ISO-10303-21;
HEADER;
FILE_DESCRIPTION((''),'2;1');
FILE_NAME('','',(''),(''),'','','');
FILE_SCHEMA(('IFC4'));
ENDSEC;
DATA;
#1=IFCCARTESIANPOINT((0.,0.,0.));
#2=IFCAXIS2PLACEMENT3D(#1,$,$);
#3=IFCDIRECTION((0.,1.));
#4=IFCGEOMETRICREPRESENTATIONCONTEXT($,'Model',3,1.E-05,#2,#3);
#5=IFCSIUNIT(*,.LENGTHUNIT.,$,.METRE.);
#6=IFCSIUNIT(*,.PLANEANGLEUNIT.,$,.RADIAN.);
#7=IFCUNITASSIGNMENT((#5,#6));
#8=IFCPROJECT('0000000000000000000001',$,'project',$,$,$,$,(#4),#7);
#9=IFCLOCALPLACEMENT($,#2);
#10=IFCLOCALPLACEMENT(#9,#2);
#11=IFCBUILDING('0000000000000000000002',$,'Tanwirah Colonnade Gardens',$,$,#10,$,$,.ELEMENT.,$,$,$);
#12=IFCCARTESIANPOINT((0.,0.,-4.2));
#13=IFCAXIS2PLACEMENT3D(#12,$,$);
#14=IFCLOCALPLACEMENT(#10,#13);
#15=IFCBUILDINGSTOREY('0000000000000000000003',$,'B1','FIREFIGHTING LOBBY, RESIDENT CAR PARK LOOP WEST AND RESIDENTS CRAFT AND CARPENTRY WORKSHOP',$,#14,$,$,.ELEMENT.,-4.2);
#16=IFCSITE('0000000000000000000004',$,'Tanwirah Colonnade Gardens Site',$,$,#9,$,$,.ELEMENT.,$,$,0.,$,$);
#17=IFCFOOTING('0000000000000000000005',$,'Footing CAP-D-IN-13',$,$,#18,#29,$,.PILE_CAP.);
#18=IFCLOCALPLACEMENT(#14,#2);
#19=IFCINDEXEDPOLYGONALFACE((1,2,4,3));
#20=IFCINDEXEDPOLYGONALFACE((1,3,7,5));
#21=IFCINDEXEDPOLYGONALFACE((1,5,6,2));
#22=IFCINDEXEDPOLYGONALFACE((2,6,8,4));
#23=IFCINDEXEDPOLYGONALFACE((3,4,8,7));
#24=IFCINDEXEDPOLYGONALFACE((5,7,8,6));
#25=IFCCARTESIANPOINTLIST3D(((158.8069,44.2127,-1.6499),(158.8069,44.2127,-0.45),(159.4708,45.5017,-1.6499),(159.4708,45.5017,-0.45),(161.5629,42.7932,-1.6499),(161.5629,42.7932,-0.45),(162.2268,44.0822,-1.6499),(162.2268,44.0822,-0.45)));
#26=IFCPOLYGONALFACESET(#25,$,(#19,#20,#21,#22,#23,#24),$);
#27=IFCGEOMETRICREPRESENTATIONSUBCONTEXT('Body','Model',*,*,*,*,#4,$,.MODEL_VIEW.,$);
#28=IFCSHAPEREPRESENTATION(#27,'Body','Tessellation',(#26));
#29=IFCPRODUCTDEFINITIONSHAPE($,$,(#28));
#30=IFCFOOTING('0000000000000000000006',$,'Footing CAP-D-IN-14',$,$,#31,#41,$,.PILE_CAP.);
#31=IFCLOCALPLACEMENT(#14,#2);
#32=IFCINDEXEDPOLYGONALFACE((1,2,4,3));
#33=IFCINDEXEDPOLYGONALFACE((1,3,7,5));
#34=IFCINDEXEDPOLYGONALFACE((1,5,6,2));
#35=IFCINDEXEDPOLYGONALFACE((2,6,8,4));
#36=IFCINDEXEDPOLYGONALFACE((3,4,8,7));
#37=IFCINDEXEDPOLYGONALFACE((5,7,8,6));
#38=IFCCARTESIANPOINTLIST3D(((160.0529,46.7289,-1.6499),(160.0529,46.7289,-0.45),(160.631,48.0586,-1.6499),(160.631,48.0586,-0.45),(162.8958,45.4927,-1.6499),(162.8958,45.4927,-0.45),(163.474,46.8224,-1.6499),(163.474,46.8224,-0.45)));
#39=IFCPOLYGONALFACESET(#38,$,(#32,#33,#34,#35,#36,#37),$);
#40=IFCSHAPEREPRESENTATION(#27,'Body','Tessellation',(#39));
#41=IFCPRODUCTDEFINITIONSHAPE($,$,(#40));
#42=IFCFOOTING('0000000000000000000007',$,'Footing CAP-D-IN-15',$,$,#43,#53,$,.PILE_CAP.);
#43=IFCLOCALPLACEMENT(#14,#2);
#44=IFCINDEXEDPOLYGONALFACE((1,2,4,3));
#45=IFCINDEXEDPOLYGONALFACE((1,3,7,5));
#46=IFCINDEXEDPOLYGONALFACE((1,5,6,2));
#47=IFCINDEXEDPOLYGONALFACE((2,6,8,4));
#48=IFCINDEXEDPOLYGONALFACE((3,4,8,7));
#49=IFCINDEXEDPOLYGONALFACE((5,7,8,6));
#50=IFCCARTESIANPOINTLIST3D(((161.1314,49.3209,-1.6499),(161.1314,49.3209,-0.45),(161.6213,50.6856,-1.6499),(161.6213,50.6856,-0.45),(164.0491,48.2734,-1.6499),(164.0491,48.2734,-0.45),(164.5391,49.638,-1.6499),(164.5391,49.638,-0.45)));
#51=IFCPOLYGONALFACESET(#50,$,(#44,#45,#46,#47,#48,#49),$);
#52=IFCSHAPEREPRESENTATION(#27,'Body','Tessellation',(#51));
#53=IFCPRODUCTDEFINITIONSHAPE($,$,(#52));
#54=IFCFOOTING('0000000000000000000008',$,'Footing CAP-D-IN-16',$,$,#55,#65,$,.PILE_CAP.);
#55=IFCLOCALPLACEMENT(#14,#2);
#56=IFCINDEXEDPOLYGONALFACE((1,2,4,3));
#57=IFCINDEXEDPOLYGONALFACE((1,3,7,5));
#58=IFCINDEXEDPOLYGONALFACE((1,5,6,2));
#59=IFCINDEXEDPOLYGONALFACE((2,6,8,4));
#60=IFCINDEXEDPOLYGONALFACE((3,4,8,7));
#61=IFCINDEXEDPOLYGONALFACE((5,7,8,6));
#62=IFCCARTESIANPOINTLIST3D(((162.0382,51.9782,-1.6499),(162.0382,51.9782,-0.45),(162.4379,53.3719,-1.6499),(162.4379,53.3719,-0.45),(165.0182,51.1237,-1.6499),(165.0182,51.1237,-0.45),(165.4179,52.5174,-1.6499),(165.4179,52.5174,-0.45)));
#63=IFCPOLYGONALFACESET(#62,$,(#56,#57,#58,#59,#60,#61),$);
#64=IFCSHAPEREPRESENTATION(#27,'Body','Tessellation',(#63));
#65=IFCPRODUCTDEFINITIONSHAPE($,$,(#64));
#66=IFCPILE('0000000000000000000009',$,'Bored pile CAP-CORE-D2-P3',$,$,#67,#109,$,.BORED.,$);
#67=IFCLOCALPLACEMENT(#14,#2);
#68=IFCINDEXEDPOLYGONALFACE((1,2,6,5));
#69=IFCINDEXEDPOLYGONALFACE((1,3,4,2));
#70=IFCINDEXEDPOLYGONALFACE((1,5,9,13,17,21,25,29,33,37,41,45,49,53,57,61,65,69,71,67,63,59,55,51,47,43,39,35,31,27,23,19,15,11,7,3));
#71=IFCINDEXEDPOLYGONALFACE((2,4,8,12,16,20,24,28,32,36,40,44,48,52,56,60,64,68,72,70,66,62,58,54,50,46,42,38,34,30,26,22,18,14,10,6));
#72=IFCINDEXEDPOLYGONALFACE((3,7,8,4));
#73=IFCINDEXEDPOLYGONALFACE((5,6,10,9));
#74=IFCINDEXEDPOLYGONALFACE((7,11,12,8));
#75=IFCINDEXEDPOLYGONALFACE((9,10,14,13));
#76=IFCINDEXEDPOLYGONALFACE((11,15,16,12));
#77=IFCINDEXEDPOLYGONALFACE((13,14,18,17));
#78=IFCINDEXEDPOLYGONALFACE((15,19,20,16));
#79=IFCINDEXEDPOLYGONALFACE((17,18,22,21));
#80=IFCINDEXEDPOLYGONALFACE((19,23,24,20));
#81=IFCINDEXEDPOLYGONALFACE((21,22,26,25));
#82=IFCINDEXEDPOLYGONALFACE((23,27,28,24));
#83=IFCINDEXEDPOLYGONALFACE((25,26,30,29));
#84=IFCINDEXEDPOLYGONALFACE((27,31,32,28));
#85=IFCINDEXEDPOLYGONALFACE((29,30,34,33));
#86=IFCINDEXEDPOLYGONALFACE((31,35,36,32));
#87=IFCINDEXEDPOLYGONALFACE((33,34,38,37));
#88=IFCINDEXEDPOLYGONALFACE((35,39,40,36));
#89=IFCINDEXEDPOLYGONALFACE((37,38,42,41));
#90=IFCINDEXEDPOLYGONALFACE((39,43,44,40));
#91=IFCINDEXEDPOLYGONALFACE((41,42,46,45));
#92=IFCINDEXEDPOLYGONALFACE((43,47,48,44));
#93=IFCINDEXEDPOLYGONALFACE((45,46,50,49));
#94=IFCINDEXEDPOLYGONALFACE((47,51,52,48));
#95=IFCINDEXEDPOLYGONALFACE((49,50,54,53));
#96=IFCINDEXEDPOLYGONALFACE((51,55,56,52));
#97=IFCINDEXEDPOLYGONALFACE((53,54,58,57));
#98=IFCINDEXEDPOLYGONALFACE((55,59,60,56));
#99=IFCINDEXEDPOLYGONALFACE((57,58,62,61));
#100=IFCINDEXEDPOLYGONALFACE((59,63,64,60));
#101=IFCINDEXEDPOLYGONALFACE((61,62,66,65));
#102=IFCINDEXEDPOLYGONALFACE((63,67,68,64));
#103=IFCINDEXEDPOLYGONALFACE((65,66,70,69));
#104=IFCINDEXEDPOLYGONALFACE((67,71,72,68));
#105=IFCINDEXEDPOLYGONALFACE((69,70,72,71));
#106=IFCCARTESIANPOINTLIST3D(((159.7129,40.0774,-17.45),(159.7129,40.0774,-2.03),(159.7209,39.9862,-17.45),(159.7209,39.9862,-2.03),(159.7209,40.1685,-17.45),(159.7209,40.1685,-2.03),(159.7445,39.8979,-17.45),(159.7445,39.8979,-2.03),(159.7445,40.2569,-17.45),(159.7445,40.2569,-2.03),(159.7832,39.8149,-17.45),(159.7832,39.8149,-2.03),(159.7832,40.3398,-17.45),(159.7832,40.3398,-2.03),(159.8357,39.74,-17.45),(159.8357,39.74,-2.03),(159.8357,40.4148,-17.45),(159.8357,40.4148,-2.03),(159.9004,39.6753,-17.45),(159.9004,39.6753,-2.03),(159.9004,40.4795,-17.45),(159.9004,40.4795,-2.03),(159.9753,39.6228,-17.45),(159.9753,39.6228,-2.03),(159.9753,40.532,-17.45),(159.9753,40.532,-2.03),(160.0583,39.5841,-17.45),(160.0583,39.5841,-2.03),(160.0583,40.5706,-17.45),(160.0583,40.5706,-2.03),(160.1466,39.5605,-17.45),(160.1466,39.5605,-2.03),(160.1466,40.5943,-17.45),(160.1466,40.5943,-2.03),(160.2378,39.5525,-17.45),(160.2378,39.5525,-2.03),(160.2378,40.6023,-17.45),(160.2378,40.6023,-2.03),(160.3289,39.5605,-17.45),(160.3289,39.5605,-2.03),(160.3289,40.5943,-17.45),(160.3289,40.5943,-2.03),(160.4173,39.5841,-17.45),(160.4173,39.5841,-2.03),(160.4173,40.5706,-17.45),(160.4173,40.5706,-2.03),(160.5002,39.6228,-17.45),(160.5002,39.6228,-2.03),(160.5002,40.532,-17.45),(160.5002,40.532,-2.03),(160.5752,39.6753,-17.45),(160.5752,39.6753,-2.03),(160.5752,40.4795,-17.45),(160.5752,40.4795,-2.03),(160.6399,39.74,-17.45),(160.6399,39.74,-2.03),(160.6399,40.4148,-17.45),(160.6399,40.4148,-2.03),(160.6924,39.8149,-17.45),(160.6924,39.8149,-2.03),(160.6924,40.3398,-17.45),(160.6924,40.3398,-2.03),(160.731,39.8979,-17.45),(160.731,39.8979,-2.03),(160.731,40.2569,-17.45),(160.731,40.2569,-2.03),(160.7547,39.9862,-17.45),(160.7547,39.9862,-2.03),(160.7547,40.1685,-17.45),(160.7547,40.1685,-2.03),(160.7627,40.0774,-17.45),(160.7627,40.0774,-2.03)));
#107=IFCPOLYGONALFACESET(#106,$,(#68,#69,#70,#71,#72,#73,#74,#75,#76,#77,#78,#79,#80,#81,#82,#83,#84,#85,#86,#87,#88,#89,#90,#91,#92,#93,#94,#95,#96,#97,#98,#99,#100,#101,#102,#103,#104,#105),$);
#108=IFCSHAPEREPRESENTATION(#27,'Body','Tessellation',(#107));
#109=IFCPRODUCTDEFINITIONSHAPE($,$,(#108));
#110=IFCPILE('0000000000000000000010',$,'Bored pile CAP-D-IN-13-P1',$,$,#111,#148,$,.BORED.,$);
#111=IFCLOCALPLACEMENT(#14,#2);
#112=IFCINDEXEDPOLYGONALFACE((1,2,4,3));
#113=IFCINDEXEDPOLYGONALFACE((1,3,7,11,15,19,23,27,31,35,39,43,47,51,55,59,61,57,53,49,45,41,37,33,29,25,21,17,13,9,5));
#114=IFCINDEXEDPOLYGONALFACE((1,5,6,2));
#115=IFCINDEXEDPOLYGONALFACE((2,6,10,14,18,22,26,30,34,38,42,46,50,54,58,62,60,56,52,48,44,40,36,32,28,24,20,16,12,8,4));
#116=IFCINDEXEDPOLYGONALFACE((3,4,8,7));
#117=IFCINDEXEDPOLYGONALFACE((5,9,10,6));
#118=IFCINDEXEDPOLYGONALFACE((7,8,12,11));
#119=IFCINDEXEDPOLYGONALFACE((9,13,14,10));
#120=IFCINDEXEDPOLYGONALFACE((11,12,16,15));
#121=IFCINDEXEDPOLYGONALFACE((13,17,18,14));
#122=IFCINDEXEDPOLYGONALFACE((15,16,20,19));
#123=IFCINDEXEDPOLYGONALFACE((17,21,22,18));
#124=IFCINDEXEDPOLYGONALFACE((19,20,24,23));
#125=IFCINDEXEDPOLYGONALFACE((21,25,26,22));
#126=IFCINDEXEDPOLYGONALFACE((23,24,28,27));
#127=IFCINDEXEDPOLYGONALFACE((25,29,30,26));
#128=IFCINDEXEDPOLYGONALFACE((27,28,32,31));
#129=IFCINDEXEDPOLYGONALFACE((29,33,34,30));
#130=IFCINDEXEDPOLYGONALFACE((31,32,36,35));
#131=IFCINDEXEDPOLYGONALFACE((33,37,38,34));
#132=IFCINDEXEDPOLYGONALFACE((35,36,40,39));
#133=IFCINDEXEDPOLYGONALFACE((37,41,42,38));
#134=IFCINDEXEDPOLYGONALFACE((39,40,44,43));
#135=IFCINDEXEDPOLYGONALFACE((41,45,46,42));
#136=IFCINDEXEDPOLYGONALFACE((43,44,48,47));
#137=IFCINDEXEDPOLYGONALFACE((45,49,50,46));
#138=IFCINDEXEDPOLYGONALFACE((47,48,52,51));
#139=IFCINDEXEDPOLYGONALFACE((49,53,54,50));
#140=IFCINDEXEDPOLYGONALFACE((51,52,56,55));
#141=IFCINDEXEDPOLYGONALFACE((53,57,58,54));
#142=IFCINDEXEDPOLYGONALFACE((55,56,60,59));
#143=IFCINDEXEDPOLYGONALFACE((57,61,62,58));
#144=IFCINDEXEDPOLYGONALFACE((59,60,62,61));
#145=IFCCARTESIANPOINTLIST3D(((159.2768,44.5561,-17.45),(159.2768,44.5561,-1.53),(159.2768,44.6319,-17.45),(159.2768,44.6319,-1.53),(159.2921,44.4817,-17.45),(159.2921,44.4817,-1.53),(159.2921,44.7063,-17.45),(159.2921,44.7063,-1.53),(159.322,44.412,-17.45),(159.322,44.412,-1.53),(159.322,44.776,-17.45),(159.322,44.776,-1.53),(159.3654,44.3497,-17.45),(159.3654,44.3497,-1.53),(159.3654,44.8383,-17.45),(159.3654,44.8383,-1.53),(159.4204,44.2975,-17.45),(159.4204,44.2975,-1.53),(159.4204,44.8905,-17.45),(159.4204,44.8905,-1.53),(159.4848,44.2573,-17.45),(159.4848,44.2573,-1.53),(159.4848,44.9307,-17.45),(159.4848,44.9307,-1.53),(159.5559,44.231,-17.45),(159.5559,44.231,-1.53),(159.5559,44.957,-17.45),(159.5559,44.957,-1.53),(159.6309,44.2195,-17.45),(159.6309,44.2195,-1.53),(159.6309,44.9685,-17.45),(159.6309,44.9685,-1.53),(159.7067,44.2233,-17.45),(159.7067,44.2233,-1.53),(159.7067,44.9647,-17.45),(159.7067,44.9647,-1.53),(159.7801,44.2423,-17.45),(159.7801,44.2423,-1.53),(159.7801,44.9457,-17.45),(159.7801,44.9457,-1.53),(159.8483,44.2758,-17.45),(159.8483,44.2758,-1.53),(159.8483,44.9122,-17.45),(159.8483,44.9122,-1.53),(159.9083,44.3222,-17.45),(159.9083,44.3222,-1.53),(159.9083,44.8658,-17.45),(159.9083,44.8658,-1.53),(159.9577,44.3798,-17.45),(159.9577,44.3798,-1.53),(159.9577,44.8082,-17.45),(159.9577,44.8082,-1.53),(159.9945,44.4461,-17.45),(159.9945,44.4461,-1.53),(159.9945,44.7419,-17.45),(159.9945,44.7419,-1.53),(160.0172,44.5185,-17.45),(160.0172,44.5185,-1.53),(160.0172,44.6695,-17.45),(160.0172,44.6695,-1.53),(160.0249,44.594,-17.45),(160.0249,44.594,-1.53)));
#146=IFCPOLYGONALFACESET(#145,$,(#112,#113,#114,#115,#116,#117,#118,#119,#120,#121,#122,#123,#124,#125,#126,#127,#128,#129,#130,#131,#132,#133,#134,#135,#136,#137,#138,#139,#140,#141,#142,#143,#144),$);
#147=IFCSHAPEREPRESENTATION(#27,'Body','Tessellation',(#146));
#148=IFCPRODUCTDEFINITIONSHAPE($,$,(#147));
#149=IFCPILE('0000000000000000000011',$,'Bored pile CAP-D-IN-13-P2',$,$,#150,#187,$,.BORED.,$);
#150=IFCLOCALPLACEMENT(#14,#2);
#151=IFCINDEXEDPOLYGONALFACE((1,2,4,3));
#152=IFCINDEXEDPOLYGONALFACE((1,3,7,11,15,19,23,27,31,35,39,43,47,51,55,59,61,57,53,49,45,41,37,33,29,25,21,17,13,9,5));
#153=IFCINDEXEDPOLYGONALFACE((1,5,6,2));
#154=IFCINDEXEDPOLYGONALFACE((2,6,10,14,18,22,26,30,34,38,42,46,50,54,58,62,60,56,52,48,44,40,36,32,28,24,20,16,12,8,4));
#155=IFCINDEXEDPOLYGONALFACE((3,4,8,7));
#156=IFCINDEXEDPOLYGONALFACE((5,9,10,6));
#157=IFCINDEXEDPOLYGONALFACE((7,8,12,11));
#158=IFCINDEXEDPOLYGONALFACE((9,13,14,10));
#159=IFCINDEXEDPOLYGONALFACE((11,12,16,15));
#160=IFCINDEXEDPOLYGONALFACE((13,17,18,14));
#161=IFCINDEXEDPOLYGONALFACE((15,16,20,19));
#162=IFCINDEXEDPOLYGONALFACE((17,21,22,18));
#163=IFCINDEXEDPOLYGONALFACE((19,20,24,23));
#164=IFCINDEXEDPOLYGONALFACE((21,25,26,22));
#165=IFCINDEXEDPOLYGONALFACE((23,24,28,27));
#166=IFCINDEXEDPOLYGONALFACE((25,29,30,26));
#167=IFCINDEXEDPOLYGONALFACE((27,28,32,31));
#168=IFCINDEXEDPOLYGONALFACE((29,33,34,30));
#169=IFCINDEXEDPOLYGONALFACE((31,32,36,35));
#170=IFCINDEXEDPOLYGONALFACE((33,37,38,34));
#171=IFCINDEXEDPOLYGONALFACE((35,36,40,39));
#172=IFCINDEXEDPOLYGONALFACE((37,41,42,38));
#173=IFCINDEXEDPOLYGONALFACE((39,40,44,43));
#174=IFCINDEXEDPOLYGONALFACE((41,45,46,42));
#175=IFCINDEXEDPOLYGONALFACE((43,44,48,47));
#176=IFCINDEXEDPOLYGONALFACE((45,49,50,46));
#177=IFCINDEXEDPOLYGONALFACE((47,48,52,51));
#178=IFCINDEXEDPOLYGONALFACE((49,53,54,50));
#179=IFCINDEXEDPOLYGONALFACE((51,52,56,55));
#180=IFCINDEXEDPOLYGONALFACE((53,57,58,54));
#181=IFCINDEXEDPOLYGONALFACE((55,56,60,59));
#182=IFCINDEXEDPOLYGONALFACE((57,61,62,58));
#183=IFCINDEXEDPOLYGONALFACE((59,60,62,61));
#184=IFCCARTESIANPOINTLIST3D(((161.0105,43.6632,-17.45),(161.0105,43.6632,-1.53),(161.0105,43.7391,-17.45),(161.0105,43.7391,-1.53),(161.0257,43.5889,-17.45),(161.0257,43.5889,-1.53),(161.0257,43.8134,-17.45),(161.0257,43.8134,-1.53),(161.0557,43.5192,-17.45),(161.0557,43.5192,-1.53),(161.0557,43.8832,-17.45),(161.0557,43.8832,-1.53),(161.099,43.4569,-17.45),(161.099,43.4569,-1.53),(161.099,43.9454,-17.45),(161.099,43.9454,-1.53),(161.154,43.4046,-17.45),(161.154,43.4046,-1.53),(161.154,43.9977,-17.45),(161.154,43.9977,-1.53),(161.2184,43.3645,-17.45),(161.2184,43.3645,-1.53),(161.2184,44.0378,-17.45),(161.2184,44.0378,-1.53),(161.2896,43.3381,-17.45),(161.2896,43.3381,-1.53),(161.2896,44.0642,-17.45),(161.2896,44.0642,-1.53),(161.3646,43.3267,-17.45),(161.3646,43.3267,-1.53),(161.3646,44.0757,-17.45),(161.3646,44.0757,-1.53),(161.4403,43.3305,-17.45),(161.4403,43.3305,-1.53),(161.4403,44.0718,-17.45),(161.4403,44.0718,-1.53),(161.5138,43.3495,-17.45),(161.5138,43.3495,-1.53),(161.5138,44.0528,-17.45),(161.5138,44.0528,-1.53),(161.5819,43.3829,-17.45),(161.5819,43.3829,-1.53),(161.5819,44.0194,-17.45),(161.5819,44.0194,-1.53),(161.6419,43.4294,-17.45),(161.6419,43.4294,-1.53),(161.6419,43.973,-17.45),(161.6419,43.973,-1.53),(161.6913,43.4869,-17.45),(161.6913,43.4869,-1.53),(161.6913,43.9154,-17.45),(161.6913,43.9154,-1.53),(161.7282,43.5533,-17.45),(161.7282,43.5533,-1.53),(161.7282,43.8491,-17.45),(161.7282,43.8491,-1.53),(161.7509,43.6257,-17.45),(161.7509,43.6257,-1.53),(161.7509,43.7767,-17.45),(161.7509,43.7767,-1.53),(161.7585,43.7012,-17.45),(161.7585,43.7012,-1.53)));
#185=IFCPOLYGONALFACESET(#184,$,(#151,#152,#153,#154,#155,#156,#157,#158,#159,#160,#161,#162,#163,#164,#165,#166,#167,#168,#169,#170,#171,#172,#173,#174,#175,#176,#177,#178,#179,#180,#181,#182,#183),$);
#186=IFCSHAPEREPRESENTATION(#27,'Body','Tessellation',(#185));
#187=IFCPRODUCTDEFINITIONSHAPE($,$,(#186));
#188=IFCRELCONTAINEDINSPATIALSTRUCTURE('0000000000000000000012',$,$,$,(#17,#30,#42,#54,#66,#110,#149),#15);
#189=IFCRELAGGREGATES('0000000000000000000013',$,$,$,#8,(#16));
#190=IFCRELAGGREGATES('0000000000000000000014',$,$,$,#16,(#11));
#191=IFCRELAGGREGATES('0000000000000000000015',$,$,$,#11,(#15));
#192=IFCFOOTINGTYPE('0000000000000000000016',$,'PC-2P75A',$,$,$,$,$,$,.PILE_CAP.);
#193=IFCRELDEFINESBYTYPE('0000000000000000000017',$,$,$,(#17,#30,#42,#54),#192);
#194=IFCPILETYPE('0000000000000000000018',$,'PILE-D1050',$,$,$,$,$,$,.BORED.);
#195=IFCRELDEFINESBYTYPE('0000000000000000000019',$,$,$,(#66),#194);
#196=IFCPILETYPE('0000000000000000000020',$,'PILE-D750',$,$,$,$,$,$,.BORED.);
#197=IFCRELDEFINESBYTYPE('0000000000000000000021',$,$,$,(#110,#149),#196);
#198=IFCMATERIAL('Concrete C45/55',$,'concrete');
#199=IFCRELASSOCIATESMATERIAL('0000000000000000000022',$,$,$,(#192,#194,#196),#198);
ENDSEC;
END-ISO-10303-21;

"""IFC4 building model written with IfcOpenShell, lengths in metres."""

from ifc_helpers import new_model, si_unit, direction, frame, origin, origin_2d, place, context, subcontext, project, spatial, rectangle, circle, extrude, material, material_profile, profile_set, type_object, element, save


model = new_model("IFC4")

# Units and contexts
model_context = context("Model", 3, precision=1e-05, world=origin(), true_north=direction((0.0, 1.0)))
body_context = subcontext(model_context, "Body", "Model", "MODEL_VIEW")
ifc_project = project(units=[si_unit("LENGTHUNIT", "METRE"), si_unit("PLANEANGLEUNIT", "RADIAN")], contexts=[model_context])

# Site, building, storey
site_placement = place(None, origin())
site = spatial("IfcSite", under=ifc_project, at=site_placement, Name="Tanwirah Colonnade Gardens Site", CompositionType="ELEMENT", RefElevation=0.0)
building_placement = place(site_placement, origin())
building = spatial("IfcBuilding", under=site, at=building_placement, Name="Tanwirah Colonnade Gardens", CompositionType="ELEMENT")
storey_placement = place(building_placement, frame((0.0, 0.0, -4.2)))
storey = spatial("IfcBuildingStorey", under=building, at=storey_placement, Name="B1", Description="FIREFIGHTING LOBBY, RESIDENT CAR PARK LOOP WEST AND RESIDENTS CRAFT AND CARPENTRY WORKSHOP", CompositionType="ELEMENT", Elevation=-4.2)

# Footings
ifc_material_1 = material(Name="Concrete C45/55", Category="concrete")
footing_type = type_object("IfcFootingType", Name="PC-2P75A", PredefinedType="PILE_CAP", material=ifc_material_1)
for number, where, z_axis, x_axis, name in (
    (1, (160.5168, 44.1475, -1.6499), (0.0, 0.0, 1.0), (0.889017, -0.457874, 0.0), "Footing CAP-D-IN-13"),
    (2, (161.7634, 46.7756, -1.6499), (0.0, 0.0, 1.0), (0.91706, -0.398749, 0.0), "Footing CAP-D-IN-14"),
    (3, (162.8352, 49.4795, -1.6499), (0.0, 0.0, 1.0), (0.941176, -0.337917, 0.0), "Footing CAP-D-IN-15"),
    (4, (163.728, 52.2478, -1.6499), (0.0, 0.0, 1.0), (0.961262, -0.275637, 0.0), "Footing CAP-D-IN-16"),
):
    element("IfcFooting", number, at=place(storey_placement, frame(where, z_axis=z_axis, x_axis=x_axis)), inside=storey, type_object=footing_type, Name=name, PredefinedType="PILE_CAP", context=body_context, shape_type="SweptSolid", body=[
        extrude(rectangle(XDim=3.1001, YDim=1.45, at=origin_2d()), origin(), (0.0, 0.0, 1.0), 1.2),
    ])

# Piles
ifc_material_profile_1 = material_profile(ifc_material_1, circle(Radius=0.5249, at=origin_2d()), Name="PILE D1050")
ifc_profile_set_1 = profile_set([ifc_material_profile_1], Name="Concrete C45/55")
pile_type_1 = type_object("IfcPileType", Name="PILE-D1050", PredefinedType="BORED", material=ifc_profile_set_1)
pile_placement = place(storey_placement, frame((160.2378, 40.0774, -2.03), z_axis=(0.0, 0.0, -1.0), x_axis=(1.0, 0.0, 0.0)))
element("IfcPile", 5, at=pile_placement, inside=storey, type_object=pile_type_1, Name="Bored pile CAP-CORE-D2-P3", PredefinedType="BORED", context=body_context, shape_type="SweptSolid", body=[
    extrude(circle(Radius=0.5249, at=origin_2d()), origin(), (0.0, 0.0, 1.0), 15.4199),
])
ifc_material_profile_2 = material_profile(ifc_material_1, circle(Radius=0.375, at=origin_2d()), Name="PILE D750")
ifc_profile_set_2 = profile_set([ifc_material_profile_2], Name="Concrete C45/55")
pile_type_2 = type_object("IfcPileType", Name="PILE-D750", PredefinedType="BORED", material=ifc_profile_set_2)
for number, where, z_axis, x_axis, name in (
    (6, (159.6499, 44.594, -1.53), (0.0, 0.0, -1.0), (1.0, 0.0, 0.0), "Bored pile CAP-D-IN-13-P1"),
    (7, (161.3835, 43.7012, -1.53), (0.0, 0.0, -1.0), (1.0, 0.0, 0.0), "Bored pile CAP-D-IN-13-P2"),
):
    element("IfcPile", number, at=place(storey_placement, frame(where, z_axis=z_axis, x_axis=x_axis)), inside=storey, type_object=pile_type_2, Name=name, PredefinedType="BORED", context=body_context, shape_type="SweptSolid", body=[
        extrude(circle(Radius=0.375, at=origin_2d()), origin(), (0.0, 0.0, 1.0), 15.9199),
    ])

save(model, "model.ifc")
